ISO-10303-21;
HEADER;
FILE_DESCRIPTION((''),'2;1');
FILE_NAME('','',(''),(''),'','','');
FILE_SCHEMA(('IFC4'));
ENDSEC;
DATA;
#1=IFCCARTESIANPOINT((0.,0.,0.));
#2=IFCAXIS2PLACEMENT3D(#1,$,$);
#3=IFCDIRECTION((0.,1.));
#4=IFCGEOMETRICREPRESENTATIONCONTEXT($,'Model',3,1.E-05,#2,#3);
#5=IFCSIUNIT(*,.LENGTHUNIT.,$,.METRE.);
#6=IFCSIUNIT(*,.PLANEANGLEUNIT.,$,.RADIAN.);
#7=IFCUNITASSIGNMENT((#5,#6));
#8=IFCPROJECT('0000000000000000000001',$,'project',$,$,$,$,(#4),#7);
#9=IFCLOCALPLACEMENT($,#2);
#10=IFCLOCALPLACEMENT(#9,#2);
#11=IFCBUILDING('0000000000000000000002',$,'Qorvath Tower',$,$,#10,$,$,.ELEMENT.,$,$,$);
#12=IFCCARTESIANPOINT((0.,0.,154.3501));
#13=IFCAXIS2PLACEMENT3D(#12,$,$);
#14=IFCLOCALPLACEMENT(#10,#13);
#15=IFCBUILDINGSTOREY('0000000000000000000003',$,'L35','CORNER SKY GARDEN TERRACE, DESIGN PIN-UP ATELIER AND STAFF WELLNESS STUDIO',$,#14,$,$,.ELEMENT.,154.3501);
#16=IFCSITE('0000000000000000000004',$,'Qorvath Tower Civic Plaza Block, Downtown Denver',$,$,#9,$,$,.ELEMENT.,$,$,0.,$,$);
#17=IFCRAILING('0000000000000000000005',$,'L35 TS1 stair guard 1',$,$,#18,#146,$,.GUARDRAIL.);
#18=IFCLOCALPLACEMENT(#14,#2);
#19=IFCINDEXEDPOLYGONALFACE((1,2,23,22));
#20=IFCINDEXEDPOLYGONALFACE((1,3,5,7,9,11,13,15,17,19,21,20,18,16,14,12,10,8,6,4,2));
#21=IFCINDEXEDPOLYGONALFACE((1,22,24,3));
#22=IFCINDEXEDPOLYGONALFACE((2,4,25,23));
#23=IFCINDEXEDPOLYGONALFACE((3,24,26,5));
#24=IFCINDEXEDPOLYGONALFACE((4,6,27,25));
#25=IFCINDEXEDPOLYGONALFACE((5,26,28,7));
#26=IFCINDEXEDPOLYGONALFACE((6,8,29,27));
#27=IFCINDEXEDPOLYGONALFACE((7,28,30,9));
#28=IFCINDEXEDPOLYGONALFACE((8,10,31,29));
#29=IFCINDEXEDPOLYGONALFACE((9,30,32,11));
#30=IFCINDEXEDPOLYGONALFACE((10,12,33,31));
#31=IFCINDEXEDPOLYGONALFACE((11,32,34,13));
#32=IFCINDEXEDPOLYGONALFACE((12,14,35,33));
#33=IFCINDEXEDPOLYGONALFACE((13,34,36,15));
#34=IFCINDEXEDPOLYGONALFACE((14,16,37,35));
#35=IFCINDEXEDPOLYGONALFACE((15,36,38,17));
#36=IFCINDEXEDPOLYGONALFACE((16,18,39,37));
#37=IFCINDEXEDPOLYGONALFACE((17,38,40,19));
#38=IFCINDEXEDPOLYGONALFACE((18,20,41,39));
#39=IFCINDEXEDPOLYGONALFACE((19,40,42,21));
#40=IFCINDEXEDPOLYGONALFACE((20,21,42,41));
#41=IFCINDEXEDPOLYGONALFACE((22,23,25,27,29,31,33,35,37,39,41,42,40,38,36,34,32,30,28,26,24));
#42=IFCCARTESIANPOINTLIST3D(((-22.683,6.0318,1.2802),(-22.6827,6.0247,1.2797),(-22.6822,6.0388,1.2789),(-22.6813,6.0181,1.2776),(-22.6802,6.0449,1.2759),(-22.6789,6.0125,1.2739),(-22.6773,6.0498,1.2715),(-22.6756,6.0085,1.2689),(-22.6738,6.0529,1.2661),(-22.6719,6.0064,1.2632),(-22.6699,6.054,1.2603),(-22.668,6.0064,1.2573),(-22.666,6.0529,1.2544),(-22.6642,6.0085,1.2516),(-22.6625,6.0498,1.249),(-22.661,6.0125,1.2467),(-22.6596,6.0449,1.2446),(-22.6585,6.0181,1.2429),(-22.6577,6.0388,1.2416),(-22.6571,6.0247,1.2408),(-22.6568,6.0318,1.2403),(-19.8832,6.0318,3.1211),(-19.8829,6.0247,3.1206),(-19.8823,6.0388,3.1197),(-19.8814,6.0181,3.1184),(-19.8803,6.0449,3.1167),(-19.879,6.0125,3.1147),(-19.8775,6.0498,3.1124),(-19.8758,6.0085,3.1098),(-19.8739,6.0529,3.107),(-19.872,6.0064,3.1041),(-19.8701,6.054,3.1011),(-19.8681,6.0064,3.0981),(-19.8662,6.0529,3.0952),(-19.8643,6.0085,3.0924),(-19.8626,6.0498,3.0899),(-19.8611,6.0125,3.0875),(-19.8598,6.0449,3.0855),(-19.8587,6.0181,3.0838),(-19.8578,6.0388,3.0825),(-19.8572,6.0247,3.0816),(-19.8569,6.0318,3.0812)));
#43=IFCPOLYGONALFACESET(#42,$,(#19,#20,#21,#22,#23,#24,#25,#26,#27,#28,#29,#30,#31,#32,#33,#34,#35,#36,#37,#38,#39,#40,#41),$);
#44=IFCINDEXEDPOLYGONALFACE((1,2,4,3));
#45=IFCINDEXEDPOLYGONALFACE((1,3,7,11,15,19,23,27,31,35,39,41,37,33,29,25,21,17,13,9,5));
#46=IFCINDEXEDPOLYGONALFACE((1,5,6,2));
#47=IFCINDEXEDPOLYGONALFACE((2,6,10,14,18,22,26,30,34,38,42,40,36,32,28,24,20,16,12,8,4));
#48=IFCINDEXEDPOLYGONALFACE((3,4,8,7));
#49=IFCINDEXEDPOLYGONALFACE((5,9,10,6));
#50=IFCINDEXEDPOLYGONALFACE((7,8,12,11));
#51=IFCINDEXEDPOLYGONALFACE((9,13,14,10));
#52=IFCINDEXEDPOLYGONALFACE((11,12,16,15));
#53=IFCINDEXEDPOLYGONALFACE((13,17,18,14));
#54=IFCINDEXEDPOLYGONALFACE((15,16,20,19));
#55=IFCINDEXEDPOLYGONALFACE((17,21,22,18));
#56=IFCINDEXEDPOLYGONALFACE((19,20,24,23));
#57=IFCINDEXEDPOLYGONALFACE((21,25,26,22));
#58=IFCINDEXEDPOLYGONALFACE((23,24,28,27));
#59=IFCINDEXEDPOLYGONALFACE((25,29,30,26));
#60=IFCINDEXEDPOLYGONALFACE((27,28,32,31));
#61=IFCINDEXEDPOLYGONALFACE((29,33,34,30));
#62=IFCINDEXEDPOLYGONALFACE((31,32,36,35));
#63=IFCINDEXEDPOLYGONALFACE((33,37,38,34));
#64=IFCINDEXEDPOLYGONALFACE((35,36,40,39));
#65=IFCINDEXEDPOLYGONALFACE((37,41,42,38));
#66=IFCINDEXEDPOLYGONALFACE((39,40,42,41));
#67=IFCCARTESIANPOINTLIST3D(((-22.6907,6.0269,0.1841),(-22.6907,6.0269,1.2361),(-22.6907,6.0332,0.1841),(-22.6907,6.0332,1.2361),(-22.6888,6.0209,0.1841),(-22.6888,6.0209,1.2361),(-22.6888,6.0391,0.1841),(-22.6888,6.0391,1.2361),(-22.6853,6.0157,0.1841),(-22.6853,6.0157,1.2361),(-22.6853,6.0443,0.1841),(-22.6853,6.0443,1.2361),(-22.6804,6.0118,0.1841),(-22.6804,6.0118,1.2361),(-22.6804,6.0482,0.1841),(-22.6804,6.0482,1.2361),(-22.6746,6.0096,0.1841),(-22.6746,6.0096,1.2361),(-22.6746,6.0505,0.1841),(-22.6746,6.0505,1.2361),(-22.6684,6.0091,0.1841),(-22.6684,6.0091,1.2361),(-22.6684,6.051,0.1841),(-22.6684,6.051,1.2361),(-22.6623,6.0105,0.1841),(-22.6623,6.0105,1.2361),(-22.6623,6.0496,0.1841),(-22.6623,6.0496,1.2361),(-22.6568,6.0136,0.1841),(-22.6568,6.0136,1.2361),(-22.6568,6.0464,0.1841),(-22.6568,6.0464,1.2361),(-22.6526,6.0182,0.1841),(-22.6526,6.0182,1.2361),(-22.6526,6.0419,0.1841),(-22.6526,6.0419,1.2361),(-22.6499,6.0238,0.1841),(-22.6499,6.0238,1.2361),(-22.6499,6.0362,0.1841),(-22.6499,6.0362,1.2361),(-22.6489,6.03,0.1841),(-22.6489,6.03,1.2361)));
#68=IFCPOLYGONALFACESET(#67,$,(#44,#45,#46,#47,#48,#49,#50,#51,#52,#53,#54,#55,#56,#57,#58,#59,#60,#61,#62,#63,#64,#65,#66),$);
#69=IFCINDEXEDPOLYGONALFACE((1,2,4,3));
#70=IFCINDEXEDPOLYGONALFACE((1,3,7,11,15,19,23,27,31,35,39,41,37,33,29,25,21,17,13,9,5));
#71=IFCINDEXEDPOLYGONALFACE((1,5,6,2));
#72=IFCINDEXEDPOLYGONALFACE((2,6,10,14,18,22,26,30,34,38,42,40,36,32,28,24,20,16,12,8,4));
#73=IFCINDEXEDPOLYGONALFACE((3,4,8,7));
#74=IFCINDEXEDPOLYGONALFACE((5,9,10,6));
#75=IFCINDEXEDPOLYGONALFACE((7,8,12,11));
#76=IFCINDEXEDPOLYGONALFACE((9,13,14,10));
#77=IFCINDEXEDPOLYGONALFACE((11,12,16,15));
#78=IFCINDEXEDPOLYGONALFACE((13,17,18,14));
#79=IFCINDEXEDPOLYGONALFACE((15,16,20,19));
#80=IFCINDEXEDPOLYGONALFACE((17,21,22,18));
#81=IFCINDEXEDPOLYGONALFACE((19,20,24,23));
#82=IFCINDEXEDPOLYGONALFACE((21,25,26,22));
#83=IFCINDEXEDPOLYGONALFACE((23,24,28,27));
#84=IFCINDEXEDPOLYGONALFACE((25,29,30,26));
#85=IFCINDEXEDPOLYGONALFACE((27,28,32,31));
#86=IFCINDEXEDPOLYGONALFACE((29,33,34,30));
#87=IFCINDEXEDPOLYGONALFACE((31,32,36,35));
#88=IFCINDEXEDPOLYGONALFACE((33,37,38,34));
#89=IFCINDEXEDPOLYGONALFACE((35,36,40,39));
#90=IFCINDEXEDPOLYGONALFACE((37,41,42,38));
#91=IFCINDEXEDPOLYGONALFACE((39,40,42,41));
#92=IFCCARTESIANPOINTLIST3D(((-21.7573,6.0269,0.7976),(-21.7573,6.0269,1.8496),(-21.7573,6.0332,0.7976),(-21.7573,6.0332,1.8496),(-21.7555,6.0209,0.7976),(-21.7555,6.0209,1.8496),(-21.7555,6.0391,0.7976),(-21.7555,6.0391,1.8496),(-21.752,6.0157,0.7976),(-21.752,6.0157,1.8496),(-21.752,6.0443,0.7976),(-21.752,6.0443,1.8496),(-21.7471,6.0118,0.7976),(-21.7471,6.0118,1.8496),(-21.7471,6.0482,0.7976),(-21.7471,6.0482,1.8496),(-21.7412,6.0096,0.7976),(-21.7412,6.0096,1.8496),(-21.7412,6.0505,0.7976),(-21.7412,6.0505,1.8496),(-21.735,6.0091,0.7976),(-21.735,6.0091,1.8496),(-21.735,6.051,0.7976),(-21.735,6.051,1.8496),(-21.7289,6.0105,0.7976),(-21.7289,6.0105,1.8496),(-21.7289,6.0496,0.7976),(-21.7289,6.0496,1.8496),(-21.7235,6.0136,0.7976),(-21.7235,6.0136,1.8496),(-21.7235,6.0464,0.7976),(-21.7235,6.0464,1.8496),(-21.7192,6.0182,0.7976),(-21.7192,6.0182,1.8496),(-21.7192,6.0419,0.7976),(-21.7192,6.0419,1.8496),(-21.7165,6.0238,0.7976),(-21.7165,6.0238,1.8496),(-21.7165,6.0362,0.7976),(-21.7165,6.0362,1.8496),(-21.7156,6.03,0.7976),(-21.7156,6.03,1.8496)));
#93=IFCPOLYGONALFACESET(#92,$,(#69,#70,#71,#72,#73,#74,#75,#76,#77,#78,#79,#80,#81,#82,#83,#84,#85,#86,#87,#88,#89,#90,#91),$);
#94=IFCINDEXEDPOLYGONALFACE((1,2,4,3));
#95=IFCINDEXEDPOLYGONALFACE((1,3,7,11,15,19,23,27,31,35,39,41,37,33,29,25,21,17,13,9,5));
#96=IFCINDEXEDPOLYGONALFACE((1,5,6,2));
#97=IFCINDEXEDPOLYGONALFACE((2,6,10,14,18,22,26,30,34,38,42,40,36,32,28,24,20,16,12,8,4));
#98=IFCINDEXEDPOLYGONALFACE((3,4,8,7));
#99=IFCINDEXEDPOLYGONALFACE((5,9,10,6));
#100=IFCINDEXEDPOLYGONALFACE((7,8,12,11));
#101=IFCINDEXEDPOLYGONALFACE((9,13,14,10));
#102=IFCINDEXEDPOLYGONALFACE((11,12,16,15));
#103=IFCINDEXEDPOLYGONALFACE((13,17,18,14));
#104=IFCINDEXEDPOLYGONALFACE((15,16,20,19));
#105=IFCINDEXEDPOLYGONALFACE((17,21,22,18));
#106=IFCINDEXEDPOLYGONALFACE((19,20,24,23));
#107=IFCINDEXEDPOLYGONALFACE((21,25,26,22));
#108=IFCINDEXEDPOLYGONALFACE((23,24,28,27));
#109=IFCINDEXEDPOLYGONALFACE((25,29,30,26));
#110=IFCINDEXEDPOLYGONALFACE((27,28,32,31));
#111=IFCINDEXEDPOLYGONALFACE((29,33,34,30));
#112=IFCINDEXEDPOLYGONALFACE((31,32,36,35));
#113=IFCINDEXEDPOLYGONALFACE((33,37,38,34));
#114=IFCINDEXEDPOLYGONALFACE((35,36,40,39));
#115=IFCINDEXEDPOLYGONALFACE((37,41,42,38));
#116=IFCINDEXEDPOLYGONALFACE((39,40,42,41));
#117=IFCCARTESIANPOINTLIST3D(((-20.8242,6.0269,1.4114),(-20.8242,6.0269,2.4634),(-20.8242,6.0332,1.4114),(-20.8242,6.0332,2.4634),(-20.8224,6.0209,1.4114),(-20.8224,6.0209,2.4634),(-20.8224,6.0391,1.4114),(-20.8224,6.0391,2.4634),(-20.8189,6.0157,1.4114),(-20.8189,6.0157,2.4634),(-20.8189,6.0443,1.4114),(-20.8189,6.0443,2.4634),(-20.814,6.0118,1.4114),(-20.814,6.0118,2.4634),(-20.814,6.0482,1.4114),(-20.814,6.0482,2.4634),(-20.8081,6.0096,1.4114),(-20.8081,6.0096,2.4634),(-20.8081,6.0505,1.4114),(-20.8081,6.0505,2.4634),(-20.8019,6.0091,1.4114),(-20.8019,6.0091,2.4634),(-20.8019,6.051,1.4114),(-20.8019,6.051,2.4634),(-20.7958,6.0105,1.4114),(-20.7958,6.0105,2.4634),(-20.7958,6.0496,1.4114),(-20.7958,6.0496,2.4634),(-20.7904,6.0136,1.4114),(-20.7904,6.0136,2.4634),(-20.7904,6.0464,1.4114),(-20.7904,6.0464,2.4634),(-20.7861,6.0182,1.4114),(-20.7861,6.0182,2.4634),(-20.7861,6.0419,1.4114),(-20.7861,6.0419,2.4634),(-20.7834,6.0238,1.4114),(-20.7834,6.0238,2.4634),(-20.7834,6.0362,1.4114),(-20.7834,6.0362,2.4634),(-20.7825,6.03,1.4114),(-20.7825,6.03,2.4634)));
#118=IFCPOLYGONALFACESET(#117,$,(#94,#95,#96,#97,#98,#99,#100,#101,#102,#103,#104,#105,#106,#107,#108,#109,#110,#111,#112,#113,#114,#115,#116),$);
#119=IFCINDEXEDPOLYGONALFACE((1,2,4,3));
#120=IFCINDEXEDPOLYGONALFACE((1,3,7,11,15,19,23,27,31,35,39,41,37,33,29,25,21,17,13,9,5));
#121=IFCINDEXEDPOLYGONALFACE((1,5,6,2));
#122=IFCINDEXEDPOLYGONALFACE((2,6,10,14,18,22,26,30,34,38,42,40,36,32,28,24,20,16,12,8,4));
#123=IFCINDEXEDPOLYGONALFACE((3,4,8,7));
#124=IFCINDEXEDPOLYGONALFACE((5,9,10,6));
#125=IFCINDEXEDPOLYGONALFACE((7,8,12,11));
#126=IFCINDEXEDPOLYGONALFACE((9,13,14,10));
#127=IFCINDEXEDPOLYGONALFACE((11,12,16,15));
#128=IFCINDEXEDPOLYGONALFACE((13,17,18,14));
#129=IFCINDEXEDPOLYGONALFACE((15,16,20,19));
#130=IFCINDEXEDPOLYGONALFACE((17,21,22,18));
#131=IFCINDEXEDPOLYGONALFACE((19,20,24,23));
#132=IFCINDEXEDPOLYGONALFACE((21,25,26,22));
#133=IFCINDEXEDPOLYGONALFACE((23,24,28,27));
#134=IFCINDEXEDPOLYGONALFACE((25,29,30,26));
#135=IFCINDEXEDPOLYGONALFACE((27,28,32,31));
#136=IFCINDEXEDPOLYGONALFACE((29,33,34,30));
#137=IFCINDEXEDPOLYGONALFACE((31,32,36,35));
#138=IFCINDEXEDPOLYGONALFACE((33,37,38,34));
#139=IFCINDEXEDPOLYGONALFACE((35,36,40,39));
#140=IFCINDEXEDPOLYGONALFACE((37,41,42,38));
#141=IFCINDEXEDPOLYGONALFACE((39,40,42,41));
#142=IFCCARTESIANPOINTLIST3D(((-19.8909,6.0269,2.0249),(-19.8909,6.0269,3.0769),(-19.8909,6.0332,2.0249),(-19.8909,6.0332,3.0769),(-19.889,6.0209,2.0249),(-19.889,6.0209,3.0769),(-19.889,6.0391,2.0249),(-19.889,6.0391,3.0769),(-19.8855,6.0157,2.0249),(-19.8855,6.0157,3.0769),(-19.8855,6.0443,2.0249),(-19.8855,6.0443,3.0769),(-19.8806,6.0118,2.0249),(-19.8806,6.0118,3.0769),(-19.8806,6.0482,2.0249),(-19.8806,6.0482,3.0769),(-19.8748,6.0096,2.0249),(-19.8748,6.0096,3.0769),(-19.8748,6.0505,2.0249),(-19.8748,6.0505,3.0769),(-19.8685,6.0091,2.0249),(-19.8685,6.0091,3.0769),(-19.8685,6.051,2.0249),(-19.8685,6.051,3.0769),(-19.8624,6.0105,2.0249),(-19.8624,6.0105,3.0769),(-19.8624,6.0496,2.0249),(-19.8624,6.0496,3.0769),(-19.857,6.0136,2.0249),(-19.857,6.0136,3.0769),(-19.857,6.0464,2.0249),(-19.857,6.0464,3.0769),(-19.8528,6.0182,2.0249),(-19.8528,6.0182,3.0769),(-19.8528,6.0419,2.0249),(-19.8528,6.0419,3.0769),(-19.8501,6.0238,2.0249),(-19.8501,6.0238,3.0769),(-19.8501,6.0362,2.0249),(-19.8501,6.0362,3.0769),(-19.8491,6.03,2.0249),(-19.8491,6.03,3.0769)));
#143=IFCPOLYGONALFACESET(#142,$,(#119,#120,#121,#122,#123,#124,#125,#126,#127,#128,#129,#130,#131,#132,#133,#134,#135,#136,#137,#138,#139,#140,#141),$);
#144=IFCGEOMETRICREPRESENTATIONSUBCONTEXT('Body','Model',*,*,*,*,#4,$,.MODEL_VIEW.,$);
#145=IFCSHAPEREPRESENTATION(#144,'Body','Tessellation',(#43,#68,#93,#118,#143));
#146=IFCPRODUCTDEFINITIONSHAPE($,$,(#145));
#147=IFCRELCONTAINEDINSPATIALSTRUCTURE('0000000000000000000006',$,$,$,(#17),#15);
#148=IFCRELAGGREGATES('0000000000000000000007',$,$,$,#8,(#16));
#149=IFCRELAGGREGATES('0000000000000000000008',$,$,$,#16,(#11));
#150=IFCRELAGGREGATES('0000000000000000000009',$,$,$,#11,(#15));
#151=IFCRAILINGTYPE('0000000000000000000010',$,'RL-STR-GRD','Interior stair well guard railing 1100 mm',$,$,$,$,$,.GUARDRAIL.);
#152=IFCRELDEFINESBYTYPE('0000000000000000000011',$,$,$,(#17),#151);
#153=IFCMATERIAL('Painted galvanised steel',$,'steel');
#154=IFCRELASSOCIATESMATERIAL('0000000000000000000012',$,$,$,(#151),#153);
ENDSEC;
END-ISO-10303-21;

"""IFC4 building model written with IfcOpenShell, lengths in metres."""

from ifc_helpers import new_model, si_unit, direction, frame, origin, origin_2d, place, context, subcontext, project, spatial, circle, extrude, material, type_object, element, save


model = new_model("IFC4")

# Units and contexts
model_context = context("Model", 3, precision=1e-05, world=origin(), true_north=direction((0.0, 1.0)))
body_context = subcontext(model_context, "Body", "Model", "MODEL_VIEW")
ifc_project = project(units=[si_unit("LENGTHUNIT", "METRE"), si_unit("PLANEANGLEUNIT", "RADIAN")], contexts=[model_context])

# Site, building, storey
site_placement = place(None, origin())
site = spatial("IfcSite", under=ifc_project, at=site_placement, Name="Qorvath Tower Civic Plaza Block, Downtown Denver", CompositionType="ELEMENT", RefElevation=0.0)
building_placement = place(site_placement, origin())
building = spatial("IfcBuilding", under=site, at=building_placement, Name="Qorvath Tower", CompositionType="ELEMENT")
storey_placement = place(building_placement, frame((0.0, 0.0, 154.3501)))
storey = spatial("IfcBuildingStorey", under=building, at=storey_placement, Name="L35", Description="CORNER SKY GARDEN TERRACE, DESIGN PIN-UP ATELIER AND STAFF WELLNESS STUDIO", CompositionType="ELEMENT", Elevation=154.3501)

# Railing
ifc_material_1 = material(Name="Painted galvanised steel", Category="steel")
railing_type_1 = type_object("IfcRailingType", Name="RL-STR-GRD", Description="Interior stair well guard railing 1100 mm", PredefinedType="GUARDRAIL", material=ifc_material_1)
railing_1_placement = place(storey_placement, frame((-22.6699, 6.03, 0.1841)))
element("IfcRailing", 1, at=railing_1_placement, inside=storey, type_object=railing_type_1, Name="L35 TS1 stair guard 1", PredefinedType="GUARDRAIL", context=body_context, shape_type="SweptSolid", body=[
    extrude(circle(Radius=0.0239, at=origin_2d()), frame((0.0, 0.0, 1.0762), z_axis=(0.835576, 0.0, 0.549376), x_axis=(0.0, 1.0, 0.0)), (0.0, 0.0, 1.0), 3.3508),
    extrude(circle(Radius=0.021, at=origin_2d()), origin(), (0.0, 0.0, 1.0), 1.052),
    extrude(circle(Radius=0.021, at=origin_2d()), frame((0.9333, 0.0, 0.6135)), (0.0, 0.0, 1.0), 1.052),
    extrude(circle(Radius=0.021, at=origin_2d()), frame((1.8665, 0.0, 1.2273)), (0.0, 0.0, 1.0), 1.052),
    extrude(circle(Radius=0.021, at=origin_2d()), frame((2.7998, 0.0, 1.8408)), (0.0, 0.0, 1.0), 1.052),
])

save(model, "model.ifc")
